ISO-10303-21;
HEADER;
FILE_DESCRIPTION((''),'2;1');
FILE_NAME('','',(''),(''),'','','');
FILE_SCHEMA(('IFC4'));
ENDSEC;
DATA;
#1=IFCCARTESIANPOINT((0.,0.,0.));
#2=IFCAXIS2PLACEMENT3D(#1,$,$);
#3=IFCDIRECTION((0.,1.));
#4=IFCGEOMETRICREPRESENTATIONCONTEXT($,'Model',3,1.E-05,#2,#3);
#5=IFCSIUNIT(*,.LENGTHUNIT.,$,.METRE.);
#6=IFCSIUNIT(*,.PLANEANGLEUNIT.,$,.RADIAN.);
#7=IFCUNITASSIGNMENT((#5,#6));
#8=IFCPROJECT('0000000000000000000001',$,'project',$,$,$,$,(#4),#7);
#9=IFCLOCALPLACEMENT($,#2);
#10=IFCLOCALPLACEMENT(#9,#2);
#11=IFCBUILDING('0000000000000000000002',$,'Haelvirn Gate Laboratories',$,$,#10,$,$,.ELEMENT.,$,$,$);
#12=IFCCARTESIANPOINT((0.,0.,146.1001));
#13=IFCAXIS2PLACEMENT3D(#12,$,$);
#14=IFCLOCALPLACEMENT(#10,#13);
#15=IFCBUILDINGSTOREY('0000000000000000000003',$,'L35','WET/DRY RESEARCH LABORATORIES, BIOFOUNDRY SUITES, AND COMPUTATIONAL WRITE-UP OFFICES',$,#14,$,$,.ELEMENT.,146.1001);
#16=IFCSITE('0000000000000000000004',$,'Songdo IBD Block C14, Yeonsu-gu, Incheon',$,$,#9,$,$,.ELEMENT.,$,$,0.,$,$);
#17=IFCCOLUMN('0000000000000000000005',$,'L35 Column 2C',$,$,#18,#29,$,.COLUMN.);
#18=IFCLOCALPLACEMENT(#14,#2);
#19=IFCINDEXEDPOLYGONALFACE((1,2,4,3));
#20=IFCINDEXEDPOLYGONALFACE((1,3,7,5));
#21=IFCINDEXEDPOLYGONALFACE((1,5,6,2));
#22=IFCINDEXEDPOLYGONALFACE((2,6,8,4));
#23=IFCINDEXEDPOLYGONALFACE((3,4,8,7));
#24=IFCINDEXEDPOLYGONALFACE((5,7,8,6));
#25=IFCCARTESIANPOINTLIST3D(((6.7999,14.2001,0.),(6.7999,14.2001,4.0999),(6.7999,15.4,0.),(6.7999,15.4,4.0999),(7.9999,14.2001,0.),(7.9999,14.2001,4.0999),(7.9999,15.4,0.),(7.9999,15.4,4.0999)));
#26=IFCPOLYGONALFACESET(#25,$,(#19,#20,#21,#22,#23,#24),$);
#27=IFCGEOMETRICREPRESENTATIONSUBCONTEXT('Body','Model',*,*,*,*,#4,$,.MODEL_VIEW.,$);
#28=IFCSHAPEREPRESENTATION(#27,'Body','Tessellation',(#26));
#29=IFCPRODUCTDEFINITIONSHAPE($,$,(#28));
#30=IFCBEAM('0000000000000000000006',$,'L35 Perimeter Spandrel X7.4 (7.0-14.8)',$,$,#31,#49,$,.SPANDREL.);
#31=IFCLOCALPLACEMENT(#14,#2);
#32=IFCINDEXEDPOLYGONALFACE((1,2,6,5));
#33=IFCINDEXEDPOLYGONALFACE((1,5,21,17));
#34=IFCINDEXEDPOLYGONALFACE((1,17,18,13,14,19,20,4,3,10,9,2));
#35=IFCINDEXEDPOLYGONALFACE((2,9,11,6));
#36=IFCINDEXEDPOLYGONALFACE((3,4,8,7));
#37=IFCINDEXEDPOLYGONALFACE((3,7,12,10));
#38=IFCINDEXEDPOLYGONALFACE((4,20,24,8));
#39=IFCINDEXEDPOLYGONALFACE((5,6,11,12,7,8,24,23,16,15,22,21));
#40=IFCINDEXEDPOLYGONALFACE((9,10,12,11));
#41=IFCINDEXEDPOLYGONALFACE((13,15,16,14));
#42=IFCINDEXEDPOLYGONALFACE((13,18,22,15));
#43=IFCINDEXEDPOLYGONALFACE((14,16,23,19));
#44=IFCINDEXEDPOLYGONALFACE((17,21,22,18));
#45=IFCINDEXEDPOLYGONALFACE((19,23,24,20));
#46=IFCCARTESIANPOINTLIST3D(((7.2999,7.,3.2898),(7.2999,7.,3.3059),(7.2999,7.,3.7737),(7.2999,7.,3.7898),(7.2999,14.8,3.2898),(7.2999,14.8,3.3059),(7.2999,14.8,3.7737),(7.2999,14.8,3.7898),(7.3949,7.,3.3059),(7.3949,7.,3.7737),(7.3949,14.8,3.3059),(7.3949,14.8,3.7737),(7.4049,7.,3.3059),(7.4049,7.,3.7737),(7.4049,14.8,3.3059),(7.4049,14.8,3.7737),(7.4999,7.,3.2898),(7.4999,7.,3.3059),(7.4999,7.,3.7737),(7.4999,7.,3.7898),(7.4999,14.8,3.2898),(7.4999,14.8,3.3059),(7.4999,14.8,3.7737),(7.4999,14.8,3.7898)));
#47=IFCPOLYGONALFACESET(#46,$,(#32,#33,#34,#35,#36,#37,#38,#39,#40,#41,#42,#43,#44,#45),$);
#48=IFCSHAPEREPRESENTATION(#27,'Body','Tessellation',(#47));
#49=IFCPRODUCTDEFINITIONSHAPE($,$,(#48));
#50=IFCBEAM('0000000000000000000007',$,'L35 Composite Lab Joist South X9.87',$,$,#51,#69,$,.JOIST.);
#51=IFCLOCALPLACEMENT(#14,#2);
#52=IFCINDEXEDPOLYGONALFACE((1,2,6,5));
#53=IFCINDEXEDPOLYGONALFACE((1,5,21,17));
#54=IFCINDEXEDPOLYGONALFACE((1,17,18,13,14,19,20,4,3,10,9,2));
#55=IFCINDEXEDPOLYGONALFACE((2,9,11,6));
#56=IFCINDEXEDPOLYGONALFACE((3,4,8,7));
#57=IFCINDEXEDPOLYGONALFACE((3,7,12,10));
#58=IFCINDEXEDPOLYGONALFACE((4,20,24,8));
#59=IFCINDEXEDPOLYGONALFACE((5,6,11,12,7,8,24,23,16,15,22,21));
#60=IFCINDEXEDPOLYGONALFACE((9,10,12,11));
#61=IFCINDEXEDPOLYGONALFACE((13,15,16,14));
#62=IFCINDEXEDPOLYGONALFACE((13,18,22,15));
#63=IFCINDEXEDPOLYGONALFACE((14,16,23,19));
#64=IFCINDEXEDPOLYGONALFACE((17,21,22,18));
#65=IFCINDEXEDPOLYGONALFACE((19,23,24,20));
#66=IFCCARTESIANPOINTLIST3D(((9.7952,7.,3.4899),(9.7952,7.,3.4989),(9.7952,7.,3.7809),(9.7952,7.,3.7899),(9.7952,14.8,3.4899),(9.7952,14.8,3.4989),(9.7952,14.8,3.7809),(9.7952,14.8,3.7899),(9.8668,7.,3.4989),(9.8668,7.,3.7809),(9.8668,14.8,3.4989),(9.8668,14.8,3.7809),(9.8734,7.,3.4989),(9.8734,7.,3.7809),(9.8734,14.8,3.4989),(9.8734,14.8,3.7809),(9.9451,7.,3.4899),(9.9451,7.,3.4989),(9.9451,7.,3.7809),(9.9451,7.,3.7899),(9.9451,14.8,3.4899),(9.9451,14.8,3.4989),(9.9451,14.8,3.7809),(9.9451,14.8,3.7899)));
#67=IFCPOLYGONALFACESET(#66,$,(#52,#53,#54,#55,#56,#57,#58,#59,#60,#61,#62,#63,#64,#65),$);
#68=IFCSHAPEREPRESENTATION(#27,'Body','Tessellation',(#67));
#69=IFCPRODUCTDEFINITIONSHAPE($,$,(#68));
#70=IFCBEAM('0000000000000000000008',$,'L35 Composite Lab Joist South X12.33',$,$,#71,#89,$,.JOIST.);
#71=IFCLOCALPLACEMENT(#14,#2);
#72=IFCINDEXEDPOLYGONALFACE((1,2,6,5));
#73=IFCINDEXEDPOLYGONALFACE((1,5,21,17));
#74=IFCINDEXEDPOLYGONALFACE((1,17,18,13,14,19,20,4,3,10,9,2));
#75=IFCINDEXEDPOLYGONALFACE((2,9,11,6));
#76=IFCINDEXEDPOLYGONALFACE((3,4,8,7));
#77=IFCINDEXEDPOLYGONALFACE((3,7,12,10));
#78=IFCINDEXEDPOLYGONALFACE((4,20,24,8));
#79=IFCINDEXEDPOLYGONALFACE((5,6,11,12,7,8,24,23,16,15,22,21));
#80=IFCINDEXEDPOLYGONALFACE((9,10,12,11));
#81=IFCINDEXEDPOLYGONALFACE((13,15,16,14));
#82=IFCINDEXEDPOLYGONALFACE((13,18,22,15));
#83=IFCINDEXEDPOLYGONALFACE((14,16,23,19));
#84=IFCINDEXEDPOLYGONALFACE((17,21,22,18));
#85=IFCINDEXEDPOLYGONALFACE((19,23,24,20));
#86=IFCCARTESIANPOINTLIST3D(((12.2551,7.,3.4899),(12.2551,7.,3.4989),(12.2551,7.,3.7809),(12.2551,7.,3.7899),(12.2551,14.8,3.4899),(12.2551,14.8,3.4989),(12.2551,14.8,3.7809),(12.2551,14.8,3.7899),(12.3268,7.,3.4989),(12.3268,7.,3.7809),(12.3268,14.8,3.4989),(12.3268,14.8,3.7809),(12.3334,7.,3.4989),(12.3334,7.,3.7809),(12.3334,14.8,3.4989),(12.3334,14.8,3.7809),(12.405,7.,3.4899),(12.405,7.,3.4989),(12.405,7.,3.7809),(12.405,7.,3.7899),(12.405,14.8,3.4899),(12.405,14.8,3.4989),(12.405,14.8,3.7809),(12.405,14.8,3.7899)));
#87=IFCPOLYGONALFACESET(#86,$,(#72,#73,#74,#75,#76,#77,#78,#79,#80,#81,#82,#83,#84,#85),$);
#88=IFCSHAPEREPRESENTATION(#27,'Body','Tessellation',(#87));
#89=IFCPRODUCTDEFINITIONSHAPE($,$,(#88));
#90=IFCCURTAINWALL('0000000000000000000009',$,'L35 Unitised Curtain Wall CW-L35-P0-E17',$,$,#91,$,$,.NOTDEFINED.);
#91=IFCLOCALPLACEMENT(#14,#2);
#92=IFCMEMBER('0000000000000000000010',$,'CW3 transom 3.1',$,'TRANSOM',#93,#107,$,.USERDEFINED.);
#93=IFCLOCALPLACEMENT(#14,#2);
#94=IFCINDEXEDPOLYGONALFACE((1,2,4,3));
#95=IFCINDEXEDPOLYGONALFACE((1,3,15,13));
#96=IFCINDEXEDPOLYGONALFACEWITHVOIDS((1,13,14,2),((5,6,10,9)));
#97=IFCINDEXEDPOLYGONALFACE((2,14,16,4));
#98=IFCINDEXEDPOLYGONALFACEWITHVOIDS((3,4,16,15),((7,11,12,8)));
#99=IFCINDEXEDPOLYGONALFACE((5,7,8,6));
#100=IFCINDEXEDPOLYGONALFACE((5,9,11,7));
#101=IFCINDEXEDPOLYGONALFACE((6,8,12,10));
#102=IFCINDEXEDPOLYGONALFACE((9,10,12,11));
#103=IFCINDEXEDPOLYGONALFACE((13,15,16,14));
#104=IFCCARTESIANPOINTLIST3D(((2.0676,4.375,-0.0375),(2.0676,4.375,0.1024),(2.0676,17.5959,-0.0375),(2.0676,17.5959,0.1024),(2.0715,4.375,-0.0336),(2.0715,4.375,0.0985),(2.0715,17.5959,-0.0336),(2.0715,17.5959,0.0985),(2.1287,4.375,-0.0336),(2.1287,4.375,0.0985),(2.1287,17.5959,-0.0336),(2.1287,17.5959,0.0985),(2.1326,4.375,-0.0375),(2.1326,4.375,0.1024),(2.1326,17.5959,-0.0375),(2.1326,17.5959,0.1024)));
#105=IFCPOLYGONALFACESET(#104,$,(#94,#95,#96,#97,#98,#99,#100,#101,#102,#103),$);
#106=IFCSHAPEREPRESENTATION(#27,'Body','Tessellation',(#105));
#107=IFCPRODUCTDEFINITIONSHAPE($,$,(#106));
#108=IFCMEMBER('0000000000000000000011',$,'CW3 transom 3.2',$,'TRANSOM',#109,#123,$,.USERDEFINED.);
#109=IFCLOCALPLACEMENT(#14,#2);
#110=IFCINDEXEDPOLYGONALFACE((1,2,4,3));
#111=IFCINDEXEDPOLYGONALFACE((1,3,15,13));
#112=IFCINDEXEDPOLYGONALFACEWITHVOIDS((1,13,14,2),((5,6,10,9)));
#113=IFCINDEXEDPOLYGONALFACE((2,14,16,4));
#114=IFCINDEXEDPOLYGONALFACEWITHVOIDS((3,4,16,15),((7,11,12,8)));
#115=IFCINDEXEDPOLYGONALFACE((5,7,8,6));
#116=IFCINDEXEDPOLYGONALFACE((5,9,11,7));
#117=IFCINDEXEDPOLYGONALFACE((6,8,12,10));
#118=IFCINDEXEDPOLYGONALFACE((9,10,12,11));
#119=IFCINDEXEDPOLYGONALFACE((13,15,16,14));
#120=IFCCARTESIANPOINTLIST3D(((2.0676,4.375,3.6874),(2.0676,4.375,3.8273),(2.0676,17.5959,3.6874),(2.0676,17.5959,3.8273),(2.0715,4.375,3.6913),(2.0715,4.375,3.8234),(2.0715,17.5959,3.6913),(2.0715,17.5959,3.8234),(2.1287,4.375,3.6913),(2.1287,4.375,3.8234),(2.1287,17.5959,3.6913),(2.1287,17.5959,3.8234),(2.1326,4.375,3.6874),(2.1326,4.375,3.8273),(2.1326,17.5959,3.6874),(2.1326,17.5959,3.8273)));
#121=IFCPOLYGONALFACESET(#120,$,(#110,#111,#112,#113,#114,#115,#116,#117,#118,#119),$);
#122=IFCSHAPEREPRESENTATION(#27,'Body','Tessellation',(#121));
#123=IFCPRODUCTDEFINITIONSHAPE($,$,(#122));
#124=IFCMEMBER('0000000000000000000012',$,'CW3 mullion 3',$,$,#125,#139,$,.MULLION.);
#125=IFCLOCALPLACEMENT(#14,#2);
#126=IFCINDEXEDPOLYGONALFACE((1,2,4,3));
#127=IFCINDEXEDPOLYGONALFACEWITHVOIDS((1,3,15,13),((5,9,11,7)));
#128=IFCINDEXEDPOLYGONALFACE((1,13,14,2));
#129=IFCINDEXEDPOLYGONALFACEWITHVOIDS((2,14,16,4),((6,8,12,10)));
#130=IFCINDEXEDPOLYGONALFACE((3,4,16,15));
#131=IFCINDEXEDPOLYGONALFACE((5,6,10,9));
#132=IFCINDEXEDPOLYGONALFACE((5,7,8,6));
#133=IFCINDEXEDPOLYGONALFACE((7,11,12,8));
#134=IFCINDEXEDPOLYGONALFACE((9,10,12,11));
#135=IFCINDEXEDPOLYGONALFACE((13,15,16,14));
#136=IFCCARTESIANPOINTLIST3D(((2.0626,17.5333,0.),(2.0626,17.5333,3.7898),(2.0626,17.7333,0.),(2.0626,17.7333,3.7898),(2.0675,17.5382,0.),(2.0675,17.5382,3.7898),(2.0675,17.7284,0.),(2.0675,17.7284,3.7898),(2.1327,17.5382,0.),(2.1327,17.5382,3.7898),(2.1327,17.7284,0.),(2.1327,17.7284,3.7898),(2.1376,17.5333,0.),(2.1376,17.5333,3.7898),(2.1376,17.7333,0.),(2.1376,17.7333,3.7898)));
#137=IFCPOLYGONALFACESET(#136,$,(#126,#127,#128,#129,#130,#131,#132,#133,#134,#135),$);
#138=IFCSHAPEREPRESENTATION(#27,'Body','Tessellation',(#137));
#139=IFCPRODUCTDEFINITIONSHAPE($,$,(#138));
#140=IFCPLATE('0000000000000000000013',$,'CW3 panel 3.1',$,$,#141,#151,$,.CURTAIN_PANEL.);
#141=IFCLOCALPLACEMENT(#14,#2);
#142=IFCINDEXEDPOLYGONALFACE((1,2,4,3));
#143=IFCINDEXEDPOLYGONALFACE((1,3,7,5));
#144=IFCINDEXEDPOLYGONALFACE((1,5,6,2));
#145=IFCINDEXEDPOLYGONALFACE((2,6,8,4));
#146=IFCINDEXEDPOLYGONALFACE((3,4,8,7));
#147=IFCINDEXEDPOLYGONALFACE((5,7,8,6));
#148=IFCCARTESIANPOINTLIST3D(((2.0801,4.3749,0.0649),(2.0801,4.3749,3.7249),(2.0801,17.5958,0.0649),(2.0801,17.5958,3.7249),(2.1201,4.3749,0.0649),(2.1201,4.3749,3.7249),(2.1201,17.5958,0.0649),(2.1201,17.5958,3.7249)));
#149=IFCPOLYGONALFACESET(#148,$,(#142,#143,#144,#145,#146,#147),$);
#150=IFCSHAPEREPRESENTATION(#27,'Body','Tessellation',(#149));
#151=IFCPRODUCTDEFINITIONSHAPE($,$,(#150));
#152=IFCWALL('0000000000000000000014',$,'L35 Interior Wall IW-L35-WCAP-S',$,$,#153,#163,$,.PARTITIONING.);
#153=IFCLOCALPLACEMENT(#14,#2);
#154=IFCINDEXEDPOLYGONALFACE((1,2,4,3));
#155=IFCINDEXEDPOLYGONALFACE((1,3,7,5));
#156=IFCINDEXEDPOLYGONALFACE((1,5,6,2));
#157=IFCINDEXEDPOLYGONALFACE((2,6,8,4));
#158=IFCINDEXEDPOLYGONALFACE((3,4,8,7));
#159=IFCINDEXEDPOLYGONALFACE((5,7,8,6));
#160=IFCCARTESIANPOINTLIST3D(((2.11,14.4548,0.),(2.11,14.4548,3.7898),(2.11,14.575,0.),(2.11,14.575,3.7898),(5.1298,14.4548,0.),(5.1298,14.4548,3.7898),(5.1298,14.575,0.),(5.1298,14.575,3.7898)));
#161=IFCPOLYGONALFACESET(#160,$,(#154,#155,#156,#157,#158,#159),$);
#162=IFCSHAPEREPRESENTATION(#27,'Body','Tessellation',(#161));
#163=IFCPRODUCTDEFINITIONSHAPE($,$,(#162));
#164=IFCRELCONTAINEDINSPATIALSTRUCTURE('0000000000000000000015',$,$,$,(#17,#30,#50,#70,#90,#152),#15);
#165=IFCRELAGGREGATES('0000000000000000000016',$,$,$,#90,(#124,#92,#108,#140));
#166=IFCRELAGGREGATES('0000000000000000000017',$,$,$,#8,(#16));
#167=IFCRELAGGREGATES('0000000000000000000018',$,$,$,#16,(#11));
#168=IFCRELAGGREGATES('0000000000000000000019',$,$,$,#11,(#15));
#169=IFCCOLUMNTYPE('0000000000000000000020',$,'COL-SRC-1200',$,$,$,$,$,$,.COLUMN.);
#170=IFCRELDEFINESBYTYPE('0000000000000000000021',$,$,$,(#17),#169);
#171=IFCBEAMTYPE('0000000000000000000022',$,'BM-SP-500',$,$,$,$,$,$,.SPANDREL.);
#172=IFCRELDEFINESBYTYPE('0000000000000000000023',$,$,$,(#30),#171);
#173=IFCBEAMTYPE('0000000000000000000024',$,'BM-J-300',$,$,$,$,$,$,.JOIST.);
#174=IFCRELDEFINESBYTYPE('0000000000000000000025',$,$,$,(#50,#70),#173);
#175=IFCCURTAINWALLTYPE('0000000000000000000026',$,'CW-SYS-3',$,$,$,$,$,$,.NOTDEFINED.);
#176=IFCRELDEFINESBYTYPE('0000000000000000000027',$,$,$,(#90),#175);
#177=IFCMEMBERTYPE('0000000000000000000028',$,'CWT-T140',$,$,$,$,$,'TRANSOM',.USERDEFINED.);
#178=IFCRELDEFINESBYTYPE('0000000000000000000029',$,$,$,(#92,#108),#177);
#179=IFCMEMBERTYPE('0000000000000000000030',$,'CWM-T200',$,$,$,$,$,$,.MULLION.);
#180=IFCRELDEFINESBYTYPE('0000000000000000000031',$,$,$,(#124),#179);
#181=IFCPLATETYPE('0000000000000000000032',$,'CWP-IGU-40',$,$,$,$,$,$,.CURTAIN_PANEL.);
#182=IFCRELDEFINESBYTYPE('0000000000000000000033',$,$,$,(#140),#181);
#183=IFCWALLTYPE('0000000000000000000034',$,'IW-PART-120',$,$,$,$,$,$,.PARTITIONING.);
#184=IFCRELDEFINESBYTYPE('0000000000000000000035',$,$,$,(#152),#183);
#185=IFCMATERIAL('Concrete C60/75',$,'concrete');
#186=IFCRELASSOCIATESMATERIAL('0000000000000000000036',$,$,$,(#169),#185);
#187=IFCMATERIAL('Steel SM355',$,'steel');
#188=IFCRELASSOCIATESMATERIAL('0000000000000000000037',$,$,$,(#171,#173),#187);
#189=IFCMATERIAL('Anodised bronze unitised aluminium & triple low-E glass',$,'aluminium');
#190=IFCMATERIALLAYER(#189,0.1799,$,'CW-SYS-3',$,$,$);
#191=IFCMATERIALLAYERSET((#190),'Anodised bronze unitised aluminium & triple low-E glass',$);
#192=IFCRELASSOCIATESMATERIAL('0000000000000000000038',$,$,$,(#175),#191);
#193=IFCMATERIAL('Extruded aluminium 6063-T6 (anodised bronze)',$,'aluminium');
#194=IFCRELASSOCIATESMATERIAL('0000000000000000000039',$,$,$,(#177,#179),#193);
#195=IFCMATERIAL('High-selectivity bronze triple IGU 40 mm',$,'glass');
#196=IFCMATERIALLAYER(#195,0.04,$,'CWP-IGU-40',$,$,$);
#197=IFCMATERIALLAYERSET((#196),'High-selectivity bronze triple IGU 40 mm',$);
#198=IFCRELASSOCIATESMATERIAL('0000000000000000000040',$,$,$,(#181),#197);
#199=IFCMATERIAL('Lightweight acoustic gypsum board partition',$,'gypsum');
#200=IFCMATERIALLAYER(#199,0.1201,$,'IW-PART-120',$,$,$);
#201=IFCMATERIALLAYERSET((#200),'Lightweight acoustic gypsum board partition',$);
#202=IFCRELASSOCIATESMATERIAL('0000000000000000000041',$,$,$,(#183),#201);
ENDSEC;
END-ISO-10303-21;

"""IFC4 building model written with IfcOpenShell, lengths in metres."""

from ifc_helpers import new_model, si_unit, direction, frame, frame_2d, origin, origin_2d, place, context, subcontext, project, spatial, rectangle, hollow_rectangle, i_section, extrude, source, transform, mapped, material, layer, layer_set, material_profile, profile_set, type_object, type_shapes, element, aggregate, save


model = new_model("IFC4")

# Units and contexts
model_context = context("Model", 3, precision=1e-05, world=origin(), true_north=direction((0.0, 1.0)))
body_context = subcontext(model_context, "Body", "Model", "MODEL_VIEW")
ifc_project = project(units=[si_unit("LENGTHUNIT", "METRE"), si_unit("PLANEANGLEUNIT", "RADIAN")], contexts=[model_context])

# Site, building, storey
site_placement = place(None, origin())
site = spatial("IfcSite", under=ifc_project, at=site_placement, Name="Songdo IBD Block C14, Yeonsu-gu, Incheon", CompositionType="ELEMENT", RefElevation=0.0)
building_placement = place(site_placement, origin())
building = spatial("IfcBuilding", under=site, at=building_placement, Name="Haelvirn Gate Laboratories", CompositionType="ELEMENT")
storey_placement = place(building_placement, frame((0.0, 0.0, 146.1001)))
storey = spatial("IfcBuildingStorey", under=building, at=storey_placement, Name="L35", Description="WET/DRY RESEARCH LABORATORIES, BIOFOUNDRY SUITES, AND COMPUTATIONAL WRITE-UP OFFICES", CompositionType="ELEMENT", Elevation=146.1001)

# Column
ifc_material_1 = material(Name="Concrete C60/75", Category="concrete")
ifc_material_profile_1 = material_profile(ifc_material_1, rectangle(XDim=1.2, YDim=1.2, at=origin_2d()), Name="SRC-1200x1200")
ifc_profile_set_1 = profile_set([ifc_material_profile_1], Name="Concrete C60/75")
column_type = type_object("IfcColumnType", Name="COL-SRC-1200", PredefinedType="COLUMN", material=ifc_profile_set_1)
shared_shape_1 = source(origin(), body_context, "Body", "SweptSolid", [
    extrude(rectangle(XDim=1.2, YDim=1.2, at=origin_2d()), origin(), (0.0, 0.0, 1.0), 4.0999),
])
type_shapes(column_type, [shared_shape_1])
column_placement = place(storey_placement, frame((7.3999, 14.8, 0.0), z_axis=(0.0, 0.0, 1.0), x_axis=(1.0, 0.0, 0.0)))
element("IfcColumn", 1, at=column_placement, inside=storey, type_object=column_type, Name="L35 Column 2C", PredefinedType="COLUMN", context=body_context, shape_type="MappedRepresentation", body=[
    mapped(shared_shape_1, transform((0.0, 0.0, 0.0), scale=1.0)),
])

# Beams
ifc_material_2 = material(Name="Steel SM355", Category="steel")
ifc_material_profile_2 = material_profile(ifc_material_2, i_section(OverallWidth=0.2, OverallDepth=0.5, WebThickness=0.01, FlangeThickness=0.0161, at=origin_2d()), Name="H-500x200x10x16")
ifc_profile_set_2 = profile_set([ifc_material_profile_2], Name="Steel SM355")
beam_type_1 = type_object("IfcBeamType", Name="BM-SP-500", PredefinedType="SPANDREL", material=ifc_profile_set_2)
shared_shape_2 = source(origin(), body_context, "Body", "SweptSolid", [
    extrude(i_section(OverallWidth=0.2, OverallDepth=0.5, WebThickness=0.01, FlangeThickness=0.0161, at=origin_2d()), origin(), (0.0, 0.0, 1.0), 7.8),
])
type_shapes(beam_type_1, [shared_shape_2])
beam_placement = place(storey_placement, frame((7.3999, 7.0, 3.5398), z_axis=(0.0, 1.0, 0.0), x_axis=(-1.0, 0.0, 0.0)))
element("IfcBeam", 2, at=beam_placement, inside=storey, type_object=beam_type_1, Name="L35 Perimeter Spandrel X7.4 (7.0-14.8)", PredefinedType="SPANDREL", context=body_context, shape_type="MappedRepresentation", body=[
    mapped(shared_shape_2, transform((0.0, 0.0, 0.0), scale=1.0)),
])
ifc_material_profile_3 = material_profile(ifc_material_2, i_section(OverallWidth=0.1499, OverallDepth=0.3, WebThickness=0.0066, FlangeThickness=0.009, at=origin_2d()), Name="H-300x150x6.5x9")
ifc_profile_set_3 = profile_set([ifc_material_profile_3], Name="Steel SM355")
beam_type_2 = type_object("IfcBeamType", Name="BM-J-300", PredefinedType="JOIST", material=ifc_profile_set_3)
shared_shape_3 = source(origin(), body_context, "Body", "SweptSolid", [
    extrude(i_section(OverallWidth=0.1499, OverallDepth=0.3, WebThickness=0.0066, FlangeThickness=0.009, at=origin_2d()), origin(), (0.0, 0.0, 1.0), 7.8),
])
type_shapes(beam_type_2, [shared_shape_3])
for number, where, z_axis, x_axis, name in (
    (3, (9.8701, 7.0, 3.6399), (0.0, 1.0, 0.0), (-1.0, 0.0, 0.0), "L35 Composite Lab Joist South X9.87"),
    (4, (12.3301, 7.0, 3.6399), (0.0, 1.0, 0.0), (-1.0, 0.0, 0.0), "L35 Composite Lab Joist South X12.33"),
):
    element("IfcBeam", number, at=place(storey_placement, frame(where, z_axis=z_axis, x_axis=x_axis)), inside=storey, type_object=beam_type_2, Name=name, PredefinedType="JOIST", context=body_context, shape_type="MappedRepresentation", body=[
        mapped(shared_shape_3, transform((0.0, 0.0, 0.0), scale=1.0)),
    ])

# Curtain wall, members, plate
ifc_material_3 = material(Name="Anodised bronze unitised aluminium & triple low-E glass", Category="aluminium")
ifc_layer_1 = layer(ifc_material_3, 0.1799, Name="CW-SYS-3")
ifc_layer_set_1 = layer_set([ifc_layer_1], Name="Anodised bronze unitised aluminium & triple low-E glass")
curtain_wall_type = type_object("IfcCurtainWallType", Name="CW-SYS-3", PredefinedType="NOTDEFINED", material=ifc_layer_set_1)
curtain_wall_placement = place(storey_placement, origin())
curtain_wall = element("IfcCurtainWall", 5, at=curtain_wall_placement, inside=storey, type_object=curtain_wall_type, Name="L35 Unitised Curtain Wall CW-L35-P0-E17", PredefinedType="NOTDEFINED")
ifc_material_4 = material(Name="Extruded aluminium 6063-T6 (anodised bronze)", Category="aluminium")
ifc_material_profile_4 = material_profile(ifc_material_4, hollow_rectangle(XDim=0.0649, YDim=0.1399, WallThickness=0.0039, at=origin_2d()), Name="CWT-140x65x4")
ifc_profile_set_4 = profile_set([ifc_material_profile_4], Name="Extruded aluminium 6063-T6 (anodised bronze)")
member_type_1 = type_object("IfcMemberType", Name="CWT-T140", ElementType="TRANSOM", PredefinedType="USERDEFINED", material=ifc_profile_set_4)
shared_shape_4 = source(origin(), body_context, "Body", "SweptSolid", [
    extrude(hollow_rectangle(XDim=0.0649, YDim=0.1399, WallThickness=0.0039, at=origin_2d()), origin(), (0.0, 0.0, 1.0), 13.2209),
])
type_shapes(member_type_1, [shared_shape_4])
member_1_placement = place(storey_placement, frame((2.1001, 17.5959, 0.0325), z_axis=(0.0, -1.0, 0.0), x_axis=(1.0, 0.0, 0.0)))
member_1 = element("IfcMember", 6, at=member_1_placement, type_object=member_type_1, Name="CW3 transom 3.1", ObjectType="TRANSOM", PredefinedType="USERDEFINED", context=body_context, shape_type="MappedRepresentation", body=[
    mapped(shared_shape_4, transform((0.0, 0.0, 0.0), scale=1.0)),
])
member_2_placement = place(storey_placement, frame((2.1001, 17.5959, 3.7573), z_axis=(0.0, -1.0, 0.0), x_axis=(1.0, 0.0, 0.0)))
member_2 = element("IfcMember", 7, at=member_2_placement, type_object=member_type_1, Name="CW3 transom 3.2", ObjectType="TRANSOM", PredefinedType="USERDEFINED", context=body_context, shape_type="MappedRepresentation", body=[
    mapped(shared_shape_4, transform((0.0, 0.0, 0.0), scale=1.0)),
])
ifc_material_profile_5 = material_profile(ifc_material_4, hollow_rectangle(XDim=0.075, YDim=0.2, WallThickness=0.0049, at=origin_2d()), Name="CWM-200x75x5")
ifc_profile_set_5 = profile_set([ifc_material_profile_5], Name="Extruded aluminium 6063-T6 (anodised bronze)")
member_type_2 = type_object("IfcMemberType", Name="CWM-T200", PredefinedType="MULLION", material=ifc_profile_set_5)
shared_shape_5 = source(origin(), body_context, "Body", "SweptSolid", [
    extrude(hollow_rectangle(XDim=0.075, YDim=0.2, WallThickness=0.0049, at=origin_2d()), origin(), (0.0, 0.0, 1.0), 3.7898),
])
type_shapes(member_type_2, [shared_shape_5])
member_3_placement = place(storey_placement, frame((2.1001, 17.6333, 0.0), z_axis=(0.0, 0.0, 1.0), x_axis=(1.0, 0.0, 0.0)))
member_3 = element("IfcMember", 8, at=member_3_placement, type_object=member_type_2, Name="CW3 mullion 3", PredefinedType="MULLION", context=body_context, shape_type="MappedRepresentation", body=[
    mapped(shared_shape_5, transform((0.0, 0.0, 0.0), scale=1.0)),
])
ifc_material_5 = material(Name="High-selectivity bronze triple IGU 40 mm", Category="glass")
ifc_layer_2 = layer(ifc_material_5, 0.04, Name="CWP-IGU-40")
ifc_layer_set_2 = layer_set([ifc_layer_2], Name="High-selectivity bronze triple IGU 40 mm")
plate_type = type_object("IfcPlateType", Name="CWP-IGU-40", PredefinedType="CURTAIN_PANEL", material=ifc_layer_set_2)
shared_shape_6 = source(origin(), body_context, "Body", "SweptSolid", [
    extrude(rectangle(XDim=13.2209, YDim=0.04, at=origin_2d()), origin(), (0.0, 0.0, 1.0), 3.6599),
])
type_shapes(plate_type, [shared_shape_6])
plate_placement = place(storey_placement, frame((2.1001, 10.9854, 0.0649), z_axis=(0.0, 0.0, 1.0), x_axis=(0.0, -1.0, 0.0)))
plate = element("IfcPlate", 9, at=plate_placement, type_object=plate_type, Name="CW3 panel 3.1", PredefinedType="CURTAIN_PANEL", context=body_context, shape_type="MappedRepresentation", body=[
    mapped(shared_shape_6, transform((0.0, 0.0, 0.0), scale=1.0)),
])
aggregate(curtain_wall, [member_3, member_1, member_2, plate])

# Wall
ifc_material_6 = material(Name="Lightweight acoustic gypsum board partition", Category="gypsum")
ifc_layer_3 = layer(ifc_material_6, 0.1201, Name="IW-PART-120")
ifc_layer_set_3 = layer_set([ifc_layer_3], Name="Lightweight acoustic gypsum board partition")
wall_type_1 = type_object("IfcWallType", Name="IW-PART-120", PredefinedType="PARTITIONING", material=ifc_layer_set_3)
wall_1_placement = place(storey_placement, frame((2.1101, 14.5149, 0.0), z_axis=(0.0, 0.0, 1.0), x_axis=(1.0, 0.0, 0.0)))
element("IfcWall", 10, at=wall_1_placement, inside=storey, type_object=wall_type_1, Name="L35 Interior Wall IW-L35-WCAP-S", PredefinedType="PARTITIONING", context=body_context, shape_type="SweptSolid", body=[
    extrude(rectangle(XDim=3.0198, YDim=0.1201, at=frame_2d((1.5098, 0.0))), origin(), (0.0, 0.0, 1.0), 3.7898),
])

save(model, "model.ifc")
